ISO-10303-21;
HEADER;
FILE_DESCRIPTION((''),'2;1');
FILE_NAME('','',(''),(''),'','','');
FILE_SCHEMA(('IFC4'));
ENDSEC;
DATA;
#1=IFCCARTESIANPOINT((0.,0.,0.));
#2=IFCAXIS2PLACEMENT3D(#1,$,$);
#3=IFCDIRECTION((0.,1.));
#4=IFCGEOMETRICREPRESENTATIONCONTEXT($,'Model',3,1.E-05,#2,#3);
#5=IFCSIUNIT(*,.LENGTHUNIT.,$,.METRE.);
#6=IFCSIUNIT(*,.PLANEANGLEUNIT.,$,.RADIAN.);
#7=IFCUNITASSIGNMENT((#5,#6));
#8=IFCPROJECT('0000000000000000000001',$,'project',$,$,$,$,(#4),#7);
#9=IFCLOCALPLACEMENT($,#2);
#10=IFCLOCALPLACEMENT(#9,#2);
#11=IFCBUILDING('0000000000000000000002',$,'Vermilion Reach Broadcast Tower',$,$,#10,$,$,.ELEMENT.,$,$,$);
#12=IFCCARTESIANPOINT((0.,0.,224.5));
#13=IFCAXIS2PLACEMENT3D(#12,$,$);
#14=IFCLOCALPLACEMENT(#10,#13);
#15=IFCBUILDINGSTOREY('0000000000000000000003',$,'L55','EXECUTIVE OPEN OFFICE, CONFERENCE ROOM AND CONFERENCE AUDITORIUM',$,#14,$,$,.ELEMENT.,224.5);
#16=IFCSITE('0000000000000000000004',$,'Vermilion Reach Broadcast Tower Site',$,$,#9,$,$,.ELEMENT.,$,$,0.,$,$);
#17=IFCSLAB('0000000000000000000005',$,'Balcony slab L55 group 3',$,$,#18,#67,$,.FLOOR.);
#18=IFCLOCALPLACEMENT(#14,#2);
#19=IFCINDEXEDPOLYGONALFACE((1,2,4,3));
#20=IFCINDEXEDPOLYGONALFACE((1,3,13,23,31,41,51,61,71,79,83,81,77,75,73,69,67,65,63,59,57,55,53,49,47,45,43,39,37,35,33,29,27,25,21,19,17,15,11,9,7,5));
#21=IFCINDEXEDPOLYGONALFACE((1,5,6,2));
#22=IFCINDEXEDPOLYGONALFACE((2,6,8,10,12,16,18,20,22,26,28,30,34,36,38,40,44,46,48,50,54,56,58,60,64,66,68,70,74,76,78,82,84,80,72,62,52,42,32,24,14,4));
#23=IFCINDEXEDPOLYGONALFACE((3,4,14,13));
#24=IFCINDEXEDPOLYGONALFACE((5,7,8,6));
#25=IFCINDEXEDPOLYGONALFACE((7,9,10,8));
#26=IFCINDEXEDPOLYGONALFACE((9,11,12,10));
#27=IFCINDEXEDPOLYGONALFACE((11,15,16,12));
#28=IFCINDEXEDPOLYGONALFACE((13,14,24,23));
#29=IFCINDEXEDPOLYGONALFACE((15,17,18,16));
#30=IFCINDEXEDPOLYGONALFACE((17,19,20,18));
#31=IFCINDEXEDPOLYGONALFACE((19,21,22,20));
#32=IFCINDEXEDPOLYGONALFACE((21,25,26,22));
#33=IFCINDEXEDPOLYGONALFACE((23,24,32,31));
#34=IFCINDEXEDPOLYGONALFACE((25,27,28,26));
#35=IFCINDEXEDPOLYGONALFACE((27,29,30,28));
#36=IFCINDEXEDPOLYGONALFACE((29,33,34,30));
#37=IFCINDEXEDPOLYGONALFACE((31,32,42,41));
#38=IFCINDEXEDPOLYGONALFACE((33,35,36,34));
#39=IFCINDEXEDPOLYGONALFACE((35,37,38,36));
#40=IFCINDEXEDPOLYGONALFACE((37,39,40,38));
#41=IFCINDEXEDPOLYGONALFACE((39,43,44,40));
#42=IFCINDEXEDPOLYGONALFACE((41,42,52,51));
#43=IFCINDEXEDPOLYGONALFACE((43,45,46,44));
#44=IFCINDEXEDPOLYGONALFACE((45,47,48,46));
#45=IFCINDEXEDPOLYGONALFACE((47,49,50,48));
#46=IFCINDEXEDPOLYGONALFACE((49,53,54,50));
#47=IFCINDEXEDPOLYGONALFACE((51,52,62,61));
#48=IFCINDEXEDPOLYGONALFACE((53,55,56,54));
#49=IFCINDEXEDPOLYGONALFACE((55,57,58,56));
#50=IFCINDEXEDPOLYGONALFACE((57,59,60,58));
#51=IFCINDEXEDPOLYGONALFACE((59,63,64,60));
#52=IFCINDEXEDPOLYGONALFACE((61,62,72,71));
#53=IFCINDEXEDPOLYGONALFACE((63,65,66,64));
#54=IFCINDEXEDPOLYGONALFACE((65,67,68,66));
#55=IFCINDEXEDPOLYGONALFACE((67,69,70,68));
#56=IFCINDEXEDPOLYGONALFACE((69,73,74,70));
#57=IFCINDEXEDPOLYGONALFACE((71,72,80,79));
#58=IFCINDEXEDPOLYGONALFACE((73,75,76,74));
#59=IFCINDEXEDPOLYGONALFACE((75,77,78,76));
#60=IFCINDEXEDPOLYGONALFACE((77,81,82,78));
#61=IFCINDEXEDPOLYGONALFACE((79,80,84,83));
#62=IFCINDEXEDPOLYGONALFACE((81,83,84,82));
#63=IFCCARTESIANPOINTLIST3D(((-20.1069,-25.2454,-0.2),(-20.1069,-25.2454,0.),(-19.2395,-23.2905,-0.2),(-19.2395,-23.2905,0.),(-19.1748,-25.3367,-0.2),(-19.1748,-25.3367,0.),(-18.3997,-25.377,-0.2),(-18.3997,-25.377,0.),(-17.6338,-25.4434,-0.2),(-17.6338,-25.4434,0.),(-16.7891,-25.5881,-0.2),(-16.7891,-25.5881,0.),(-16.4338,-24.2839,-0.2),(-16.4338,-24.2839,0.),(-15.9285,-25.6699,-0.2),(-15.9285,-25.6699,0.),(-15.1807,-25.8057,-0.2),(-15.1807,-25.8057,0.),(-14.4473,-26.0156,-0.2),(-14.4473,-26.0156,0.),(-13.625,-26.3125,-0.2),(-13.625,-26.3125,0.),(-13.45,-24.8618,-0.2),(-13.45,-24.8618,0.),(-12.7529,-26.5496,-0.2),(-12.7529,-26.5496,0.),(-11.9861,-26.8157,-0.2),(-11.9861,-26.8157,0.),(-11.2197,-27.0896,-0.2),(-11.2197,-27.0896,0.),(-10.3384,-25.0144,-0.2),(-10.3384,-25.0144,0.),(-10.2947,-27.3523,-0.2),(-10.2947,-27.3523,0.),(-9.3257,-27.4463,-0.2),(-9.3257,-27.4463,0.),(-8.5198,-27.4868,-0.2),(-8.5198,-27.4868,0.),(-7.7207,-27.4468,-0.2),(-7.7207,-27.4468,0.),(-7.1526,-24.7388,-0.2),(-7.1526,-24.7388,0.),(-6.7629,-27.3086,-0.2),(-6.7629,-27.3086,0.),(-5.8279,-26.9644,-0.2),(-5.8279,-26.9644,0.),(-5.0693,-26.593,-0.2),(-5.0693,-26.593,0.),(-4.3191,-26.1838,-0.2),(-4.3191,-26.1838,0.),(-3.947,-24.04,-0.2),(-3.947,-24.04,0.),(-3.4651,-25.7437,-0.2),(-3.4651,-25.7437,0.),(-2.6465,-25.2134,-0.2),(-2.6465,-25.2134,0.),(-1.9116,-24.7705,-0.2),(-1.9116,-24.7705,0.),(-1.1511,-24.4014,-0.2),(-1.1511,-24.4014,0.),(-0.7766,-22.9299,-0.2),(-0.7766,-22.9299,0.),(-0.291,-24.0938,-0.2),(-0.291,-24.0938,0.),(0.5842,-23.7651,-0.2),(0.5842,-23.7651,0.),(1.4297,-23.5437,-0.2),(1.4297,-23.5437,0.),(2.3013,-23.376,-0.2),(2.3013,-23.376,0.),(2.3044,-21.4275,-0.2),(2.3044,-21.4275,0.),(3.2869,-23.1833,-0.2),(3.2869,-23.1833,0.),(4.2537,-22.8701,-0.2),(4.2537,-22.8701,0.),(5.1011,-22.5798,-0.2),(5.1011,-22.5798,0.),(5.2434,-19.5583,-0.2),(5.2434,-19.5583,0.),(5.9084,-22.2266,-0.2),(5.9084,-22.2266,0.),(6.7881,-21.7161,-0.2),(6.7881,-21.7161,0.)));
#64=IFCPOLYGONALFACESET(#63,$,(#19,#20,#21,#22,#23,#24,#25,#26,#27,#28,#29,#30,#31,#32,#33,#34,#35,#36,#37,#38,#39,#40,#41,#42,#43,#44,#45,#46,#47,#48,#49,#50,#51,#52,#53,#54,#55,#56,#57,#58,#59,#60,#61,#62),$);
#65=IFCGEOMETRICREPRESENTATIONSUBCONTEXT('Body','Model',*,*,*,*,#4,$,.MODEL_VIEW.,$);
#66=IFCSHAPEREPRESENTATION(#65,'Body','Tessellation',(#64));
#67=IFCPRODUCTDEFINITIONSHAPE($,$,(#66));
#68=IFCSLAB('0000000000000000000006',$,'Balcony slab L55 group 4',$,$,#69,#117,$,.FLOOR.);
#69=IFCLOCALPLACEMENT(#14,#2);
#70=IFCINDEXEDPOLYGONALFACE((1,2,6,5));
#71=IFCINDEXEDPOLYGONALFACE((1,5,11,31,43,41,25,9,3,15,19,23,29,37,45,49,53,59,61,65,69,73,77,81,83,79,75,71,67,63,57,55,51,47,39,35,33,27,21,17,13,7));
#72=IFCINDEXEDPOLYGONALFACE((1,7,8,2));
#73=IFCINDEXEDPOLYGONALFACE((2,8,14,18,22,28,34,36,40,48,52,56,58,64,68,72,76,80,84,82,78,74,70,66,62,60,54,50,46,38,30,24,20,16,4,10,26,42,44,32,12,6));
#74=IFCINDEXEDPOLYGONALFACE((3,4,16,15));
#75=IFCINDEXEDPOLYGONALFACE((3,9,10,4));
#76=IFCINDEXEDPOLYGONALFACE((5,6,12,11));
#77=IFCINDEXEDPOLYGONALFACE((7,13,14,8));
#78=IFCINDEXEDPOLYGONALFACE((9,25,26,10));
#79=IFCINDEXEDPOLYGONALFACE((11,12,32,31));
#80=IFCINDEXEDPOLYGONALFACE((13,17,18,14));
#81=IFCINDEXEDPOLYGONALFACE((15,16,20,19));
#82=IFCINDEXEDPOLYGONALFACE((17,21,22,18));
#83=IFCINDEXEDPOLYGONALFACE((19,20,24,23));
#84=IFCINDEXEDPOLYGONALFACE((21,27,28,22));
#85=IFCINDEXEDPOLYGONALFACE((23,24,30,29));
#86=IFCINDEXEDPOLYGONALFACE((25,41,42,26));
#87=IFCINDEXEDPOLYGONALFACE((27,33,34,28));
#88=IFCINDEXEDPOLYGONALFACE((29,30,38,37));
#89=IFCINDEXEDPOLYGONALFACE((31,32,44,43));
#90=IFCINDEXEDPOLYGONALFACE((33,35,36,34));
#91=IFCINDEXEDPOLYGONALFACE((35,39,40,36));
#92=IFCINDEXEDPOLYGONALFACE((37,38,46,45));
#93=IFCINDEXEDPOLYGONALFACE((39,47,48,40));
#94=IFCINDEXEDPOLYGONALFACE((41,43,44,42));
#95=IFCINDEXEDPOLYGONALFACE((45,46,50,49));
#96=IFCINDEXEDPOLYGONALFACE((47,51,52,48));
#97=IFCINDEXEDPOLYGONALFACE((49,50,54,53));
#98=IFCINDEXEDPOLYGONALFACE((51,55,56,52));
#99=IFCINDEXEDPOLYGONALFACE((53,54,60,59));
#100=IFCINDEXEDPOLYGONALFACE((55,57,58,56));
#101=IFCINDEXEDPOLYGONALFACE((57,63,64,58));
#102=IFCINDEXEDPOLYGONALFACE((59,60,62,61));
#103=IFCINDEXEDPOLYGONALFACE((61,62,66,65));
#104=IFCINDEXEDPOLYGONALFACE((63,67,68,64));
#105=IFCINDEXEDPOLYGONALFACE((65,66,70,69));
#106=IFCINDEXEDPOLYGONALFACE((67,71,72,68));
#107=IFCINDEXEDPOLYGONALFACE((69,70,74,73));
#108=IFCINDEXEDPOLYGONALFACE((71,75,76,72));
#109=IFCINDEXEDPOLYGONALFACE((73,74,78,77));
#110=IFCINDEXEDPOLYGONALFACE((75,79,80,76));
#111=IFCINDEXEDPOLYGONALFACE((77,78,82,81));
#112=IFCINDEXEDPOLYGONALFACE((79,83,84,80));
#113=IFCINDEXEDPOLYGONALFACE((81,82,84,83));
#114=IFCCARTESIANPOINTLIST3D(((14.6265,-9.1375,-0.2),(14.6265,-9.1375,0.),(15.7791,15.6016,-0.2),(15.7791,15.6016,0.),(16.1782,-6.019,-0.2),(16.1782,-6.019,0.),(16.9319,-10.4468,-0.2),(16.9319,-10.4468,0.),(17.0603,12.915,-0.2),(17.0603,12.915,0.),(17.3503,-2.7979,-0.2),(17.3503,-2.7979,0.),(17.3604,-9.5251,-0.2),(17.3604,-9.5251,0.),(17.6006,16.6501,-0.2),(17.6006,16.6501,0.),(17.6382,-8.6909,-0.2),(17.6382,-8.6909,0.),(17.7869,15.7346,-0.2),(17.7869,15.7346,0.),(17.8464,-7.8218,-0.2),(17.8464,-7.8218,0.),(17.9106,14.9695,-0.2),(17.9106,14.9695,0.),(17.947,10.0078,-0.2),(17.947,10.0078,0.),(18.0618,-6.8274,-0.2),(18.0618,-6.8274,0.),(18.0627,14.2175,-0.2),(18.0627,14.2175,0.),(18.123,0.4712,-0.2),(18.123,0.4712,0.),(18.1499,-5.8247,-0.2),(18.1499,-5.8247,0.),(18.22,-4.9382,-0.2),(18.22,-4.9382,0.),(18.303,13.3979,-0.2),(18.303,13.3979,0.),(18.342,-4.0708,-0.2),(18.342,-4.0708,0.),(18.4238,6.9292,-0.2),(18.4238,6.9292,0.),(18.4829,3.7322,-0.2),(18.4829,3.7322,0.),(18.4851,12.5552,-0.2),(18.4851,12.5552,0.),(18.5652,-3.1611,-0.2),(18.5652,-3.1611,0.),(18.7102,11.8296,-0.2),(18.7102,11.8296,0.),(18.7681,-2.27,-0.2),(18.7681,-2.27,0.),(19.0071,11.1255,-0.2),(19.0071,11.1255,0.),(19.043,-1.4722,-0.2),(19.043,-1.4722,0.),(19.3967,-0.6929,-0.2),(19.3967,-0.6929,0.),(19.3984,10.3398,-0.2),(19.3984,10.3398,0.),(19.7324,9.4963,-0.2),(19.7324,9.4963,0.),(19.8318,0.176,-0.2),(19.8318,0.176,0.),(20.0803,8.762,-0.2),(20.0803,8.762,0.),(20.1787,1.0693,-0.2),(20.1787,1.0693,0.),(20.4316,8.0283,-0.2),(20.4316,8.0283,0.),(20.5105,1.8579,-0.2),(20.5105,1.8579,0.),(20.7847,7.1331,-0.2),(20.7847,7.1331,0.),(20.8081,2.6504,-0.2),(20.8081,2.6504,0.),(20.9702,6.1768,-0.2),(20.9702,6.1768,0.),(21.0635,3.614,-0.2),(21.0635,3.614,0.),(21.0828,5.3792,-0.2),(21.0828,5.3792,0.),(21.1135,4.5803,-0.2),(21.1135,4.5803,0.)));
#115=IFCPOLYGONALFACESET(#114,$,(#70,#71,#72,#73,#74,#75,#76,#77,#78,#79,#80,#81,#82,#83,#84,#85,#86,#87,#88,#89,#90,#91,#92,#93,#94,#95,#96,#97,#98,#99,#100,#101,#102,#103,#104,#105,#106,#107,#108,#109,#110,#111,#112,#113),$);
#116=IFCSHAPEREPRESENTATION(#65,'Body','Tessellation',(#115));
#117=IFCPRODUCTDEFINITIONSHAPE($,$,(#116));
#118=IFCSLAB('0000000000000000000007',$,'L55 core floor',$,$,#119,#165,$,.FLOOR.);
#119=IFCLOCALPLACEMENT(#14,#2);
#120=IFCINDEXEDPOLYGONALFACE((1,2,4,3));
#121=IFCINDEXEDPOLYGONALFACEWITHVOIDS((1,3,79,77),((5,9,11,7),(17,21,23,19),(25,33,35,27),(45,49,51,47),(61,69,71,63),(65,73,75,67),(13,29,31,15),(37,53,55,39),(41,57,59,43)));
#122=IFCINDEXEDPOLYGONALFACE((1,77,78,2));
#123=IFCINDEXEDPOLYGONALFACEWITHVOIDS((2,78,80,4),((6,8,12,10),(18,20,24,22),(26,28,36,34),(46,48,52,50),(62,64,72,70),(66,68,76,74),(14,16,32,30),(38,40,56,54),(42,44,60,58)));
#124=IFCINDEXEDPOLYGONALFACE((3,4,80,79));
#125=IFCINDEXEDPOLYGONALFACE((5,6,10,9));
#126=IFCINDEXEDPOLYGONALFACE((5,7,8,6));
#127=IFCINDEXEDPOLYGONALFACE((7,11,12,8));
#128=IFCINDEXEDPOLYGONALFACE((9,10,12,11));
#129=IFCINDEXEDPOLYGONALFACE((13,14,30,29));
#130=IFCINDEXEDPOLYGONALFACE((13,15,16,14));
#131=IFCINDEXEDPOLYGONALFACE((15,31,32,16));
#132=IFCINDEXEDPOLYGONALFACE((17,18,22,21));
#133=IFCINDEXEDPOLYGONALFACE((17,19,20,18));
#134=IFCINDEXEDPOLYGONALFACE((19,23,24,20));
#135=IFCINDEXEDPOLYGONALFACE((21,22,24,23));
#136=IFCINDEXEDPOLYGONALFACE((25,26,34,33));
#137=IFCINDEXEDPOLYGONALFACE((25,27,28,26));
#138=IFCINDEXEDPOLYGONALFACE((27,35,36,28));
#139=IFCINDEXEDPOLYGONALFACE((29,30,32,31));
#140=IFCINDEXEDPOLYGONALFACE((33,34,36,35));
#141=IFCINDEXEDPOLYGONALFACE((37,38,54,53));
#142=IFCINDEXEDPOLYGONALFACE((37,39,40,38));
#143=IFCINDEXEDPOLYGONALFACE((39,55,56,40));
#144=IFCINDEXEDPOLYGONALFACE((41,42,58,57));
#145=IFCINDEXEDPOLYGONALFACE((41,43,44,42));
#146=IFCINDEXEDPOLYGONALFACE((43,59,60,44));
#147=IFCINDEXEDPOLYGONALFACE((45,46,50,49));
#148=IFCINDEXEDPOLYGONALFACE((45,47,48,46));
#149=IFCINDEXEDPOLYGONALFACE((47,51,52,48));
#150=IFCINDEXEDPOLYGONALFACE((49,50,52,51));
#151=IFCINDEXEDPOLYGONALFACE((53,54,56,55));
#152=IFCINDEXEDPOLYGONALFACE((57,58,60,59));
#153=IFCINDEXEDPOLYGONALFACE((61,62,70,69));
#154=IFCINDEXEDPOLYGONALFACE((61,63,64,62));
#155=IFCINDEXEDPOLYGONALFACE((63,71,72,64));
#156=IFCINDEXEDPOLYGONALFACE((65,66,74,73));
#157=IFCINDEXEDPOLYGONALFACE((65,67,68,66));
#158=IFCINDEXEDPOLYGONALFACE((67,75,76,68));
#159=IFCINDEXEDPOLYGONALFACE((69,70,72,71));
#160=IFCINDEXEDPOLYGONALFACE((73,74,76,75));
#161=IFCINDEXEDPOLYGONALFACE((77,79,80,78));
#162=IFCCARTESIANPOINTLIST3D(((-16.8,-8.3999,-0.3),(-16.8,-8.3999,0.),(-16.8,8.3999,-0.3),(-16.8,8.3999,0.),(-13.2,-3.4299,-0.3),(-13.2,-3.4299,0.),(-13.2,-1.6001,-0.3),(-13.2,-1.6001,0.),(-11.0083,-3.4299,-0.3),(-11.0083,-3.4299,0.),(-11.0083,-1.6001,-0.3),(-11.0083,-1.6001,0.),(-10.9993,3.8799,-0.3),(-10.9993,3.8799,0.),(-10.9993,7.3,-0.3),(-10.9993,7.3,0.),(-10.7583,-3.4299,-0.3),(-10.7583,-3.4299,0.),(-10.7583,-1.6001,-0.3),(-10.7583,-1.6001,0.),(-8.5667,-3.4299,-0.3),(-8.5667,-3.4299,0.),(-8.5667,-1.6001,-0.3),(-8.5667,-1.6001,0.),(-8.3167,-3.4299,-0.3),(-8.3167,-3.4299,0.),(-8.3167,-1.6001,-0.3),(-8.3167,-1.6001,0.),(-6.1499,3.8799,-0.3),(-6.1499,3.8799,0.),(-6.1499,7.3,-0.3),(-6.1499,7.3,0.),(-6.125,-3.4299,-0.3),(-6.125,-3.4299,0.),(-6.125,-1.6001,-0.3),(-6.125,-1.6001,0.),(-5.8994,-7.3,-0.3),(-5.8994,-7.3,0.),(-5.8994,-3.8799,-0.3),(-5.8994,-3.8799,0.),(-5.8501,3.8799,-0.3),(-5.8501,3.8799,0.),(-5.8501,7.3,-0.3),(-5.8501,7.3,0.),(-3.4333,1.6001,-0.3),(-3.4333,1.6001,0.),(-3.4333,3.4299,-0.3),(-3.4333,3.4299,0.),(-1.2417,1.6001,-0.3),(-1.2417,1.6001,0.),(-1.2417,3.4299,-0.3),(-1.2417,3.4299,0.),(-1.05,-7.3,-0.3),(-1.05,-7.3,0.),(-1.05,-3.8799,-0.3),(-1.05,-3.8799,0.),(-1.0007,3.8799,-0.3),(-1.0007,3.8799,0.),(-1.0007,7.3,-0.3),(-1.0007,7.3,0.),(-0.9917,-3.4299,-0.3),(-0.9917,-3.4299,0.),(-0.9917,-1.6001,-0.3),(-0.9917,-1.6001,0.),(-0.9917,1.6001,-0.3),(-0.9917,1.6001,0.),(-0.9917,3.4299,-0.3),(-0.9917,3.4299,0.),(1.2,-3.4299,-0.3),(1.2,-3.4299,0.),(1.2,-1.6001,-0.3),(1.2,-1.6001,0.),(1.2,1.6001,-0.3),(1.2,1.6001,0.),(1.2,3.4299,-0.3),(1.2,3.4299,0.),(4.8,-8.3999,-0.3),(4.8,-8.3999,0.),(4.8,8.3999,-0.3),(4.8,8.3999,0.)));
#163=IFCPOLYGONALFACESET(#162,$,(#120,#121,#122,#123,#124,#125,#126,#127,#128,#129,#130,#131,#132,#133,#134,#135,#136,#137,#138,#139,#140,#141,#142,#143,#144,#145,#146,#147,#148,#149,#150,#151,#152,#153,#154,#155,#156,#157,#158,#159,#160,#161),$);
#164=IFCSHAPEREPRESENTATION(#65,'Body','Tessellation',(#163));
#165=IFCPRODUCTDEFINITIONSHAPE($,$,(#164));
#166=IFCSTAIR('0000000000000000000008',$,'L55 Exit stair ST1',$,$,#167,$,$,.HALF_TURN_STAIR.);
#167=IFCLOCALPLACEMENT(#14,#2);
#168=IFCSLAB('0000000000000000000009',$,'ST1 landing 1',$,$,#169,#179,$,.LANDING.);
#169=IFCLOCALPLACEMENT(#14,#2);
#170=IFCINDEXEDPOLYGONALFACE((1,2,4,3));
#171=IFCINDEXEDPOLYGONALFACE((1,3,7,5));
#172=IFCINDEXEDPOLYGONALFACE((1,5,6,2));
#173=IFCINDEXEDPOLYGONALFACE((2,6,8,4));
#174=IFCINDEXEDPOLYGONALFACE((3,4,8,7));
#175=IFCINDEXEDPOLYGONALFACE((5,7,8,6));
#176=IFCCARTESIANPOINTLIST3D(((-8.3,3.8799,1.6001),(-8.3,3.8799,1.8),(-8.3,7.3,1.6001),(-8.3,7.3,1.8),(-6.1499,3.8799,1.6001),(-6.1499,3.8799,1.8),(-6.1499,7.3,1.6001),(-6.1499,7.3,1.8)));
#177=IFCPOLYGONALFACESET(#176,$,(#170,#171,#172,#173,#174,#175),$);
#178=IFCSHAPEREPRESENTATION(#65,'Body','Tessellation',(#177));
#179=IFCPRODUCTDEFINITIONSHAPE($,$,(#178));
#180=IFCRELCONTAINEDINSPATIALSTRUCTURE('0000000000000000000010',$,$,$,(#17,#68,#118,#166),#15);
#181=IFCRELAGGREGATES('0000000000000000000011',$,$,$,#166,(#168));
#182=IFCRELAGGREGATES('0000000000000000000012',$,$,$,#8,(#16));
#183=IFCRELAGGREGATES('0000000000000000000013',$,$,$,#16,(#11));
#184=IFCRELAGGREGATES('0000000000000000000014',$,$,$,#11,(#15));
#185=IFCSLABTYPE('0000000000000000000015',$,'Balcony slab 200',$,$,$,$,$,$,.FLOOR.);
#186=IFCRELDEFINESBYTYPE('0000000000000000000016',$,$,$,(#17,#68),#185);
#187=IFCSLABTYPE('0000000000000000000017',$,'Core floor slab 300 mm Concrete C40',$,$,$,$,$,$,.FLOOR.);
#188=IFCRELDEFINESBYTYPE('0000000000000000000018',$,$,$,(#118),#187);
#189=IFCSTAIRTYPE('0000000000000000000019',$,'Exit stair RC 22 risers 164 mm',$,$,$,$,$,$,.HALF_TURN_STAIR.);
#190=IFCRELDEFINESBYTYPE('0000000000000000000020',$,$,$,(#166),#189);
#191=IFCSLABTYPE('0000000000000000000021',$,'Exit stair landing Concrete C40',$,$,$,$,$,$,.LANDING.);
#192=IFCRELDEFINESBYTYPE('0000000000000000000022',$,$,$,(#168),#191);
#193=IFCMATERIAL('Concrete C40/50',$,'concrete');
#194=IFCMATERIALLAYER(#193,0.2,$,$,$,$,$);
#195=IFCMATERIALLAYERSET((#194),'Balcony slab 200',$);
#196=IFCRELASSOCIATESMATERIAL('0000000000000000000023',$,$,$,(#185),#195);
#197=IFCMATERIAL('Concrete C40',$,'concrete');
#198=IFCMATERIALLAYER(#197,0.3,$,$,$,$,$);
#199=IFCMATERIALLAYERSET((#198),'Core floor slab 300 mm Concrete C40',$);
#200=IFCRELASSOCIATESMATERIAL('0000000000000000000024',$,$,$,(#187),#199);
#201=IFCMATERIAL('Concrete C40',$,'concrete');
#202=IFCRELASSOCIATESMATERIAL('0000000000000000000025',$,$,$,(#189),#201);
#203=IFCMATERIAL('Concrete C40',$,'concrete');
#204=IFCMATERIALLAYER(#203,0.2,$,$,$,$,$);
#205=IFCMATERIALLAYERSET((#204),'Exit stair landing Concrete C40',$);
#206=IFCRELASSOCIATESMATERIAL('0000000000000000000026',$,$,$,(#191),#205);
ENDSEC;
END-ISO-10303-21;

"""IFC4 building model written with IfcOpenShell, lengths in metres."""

from ifc_helpers import new_model, si_unit, direction, frame, origin, place, context, subcontext, project, spatial, polyline, outline, extrude, material, layer, layer_set, type_object, element, aggregate, save


model = new_model("IFC4")

# Units and contexts
model_context = context("Model", 3, precision=1e-05, world=origin(), true_north=direction((0.0, 1.0)))
body_context = subcontext(model_context, "Body", "Model", "MODEL_VIEW")
ifc_project = project(units=[si_unit("LENGTHUNIT", "METRE"), si_unit("PLANEANGLEUNIT", "RADIAN")], contexts=[model_context])

# Site, building, storey
site_placement = place(None, origin())
site = spatial("IfcSite", under=ifc_project, at=site_placement, Name="Vermilion Reach Broadcast Tower Site", CompositionType="ELEMENT", RefElevation=0.0)
building_placement = place(site_placement, origin())
building = spatial("IfcBuilding", under=site, at=building_placement, Name="Vermilion Reach Broadcast Tower", CompositionType="ELEMENT")
storey_placement = place(building_placement, frame((0.0, 0.0, 224.5)))
storey = spatial("IfcBuildingStorey", under=building, at=storey_placement, Name="L55", Description="EXECUTIVE OPEN OFFICE, CONFERENCE ROOM AND CONFERENCE AUDITORIUM", CompositionType="ELEMENT", Elevation=224.5)

# Slabs
ifc_material_1 = material(Name="Concrete C40/50", Category="concrete")
ifc_layer_1 = layer(ifc_material_1, 0.2)
ifc_layer_set_1 = layer_set([ifc_layer_1], Name="Balcony slab 200")
slab_type_1 = type_object("IfcSlabType", Name="Balcony slab 200", PredefinedType="FLOOR", material=ifc_layer_set_1)
placement_1 = place(storey_placement, frame((0.0, 0.0, -0.2)))
element("IfcSlab", 1, at=placement_1, inside=storey, type_object=slab_type_1, Name="Balcony slab L55 group 3", PredefinedType="FLOOR", context=body_context, shape_type="SweptSolid", body=[
    extrude(outline(polyline([(-19.2395, -23.2905), (-16.4338, -24.2839), (-13.45, -24.8618), (-10.3384, -25.0144), (-7.1526, -24.7388), (-3.947, -24.04), (-0.7766, -22.9299), (2.3044, -21.4275), (5.2434, -19.5583), (6.7881, -21.7161), (5.9084, -22.2266), (5.1011, -22.5798), (4.2537, -22.8701), (3.2869, -23.1833), (2.3013, -23.376), (1.4297, -23.5437), (0.5842, -23.7651), (-0.291, -24.0938), (-1.1511, -24.4014), (-1.9116, -24.7705), (-2.6465, -25.2134), (-3.4651, -25.7437), (-4.3191, -26.1838), (-5.0693, -26.593), (-5.8279, -26.9644), (-6.7629, -27.3086), (-7.7207, -27.4468), (-8.5198, -27.4868), (-9.3257, -27.4463), (-10.2947, -27.3523), (-11.2197, -27.0896), (-11.9861, -26.8157), (-12.7529, -26.5496), (-13.625, -26.3125), (-14.4473, -26.0156), (-15.1807, -25.8057), (-15.9285, -25.6699), (-16.7891, -25.5881), (-17.6338, -25.4434), (-18.3997, -25.377), (-19.1748, -25.3367), (-20.1069, -25.2454), (-19.2395, -23.2905)])), origin(), (0.0, 0.0, 1.0), 0.2),
])
element("IfcSlab", 2, at=placement_1, inside=storey, type_object=slab_type_1, Name="Balcony slab L55 group 4", PredefinedType="FLOOR", context=body_context, shape_type="SweptSolid", body=[
    extrude(outline(polyline([(14.6265, -9.1375), (16.1782, -6.019), (17.3503, -2.7979), (18.123, 0.4712), (18.4829, 3.7322), (18.4238, 6.9292), (17.947, 10.0078), (17.0603, 12.915), (15.7791, 15.6016), (17.6006, 16.6501), (17.7869, 15.7346), (17.9106, 14.9695), (18.0627, 14.2175), (18.303, 13.3979), (18.4851, 12.5552), (18.7102, 11.8296), (19.0071, 11.1255), (19.3984, 10.3398), (19.7324, 9.4963), (20.0803, 8.762), (20.4316, 8.0283), (20.7847, 7.1331), (20.9702, 6.1768), (21.0828, 5.3792), (21.1135, 4.5803), (21.0635, 3.614), (20.8081, 2.6504), (20.5105, 1.8579), (20.1787, 1.0693), (19.8318, 0.176), (19.3967, -0.6929), (19.043, -1.4722), (18.7681, -2.27), (18.5652, -3.1611), (18.342, -4.0708), (18.22, -4.9382), (18.1499, -5.8247), (18.0618, -6.8274), (17.8464, -7.8218), (17.6382, -8.6909), (17.3604, -9.5251), (16.9319, -10.4468), (14.6265, -9.1375)])), origin(), (0.0, 0.0, 1.0), 0.2),
])
ifc_material_2 = material(Name="Concrete C40", Category="concrete")
ifc_layer_2 = layer(ifc_material_2, 0.3)
ifc_layer_set_2 = layer_set([ifc_layer_2], Name="Core floor slab 300 mm Concrete C40")
slab_type_2 = type_object("IfcSlabType", Name="Core floor slab 300 mm Concrete C40", PredefinedType="FLOOR", material=ifc_layer_set_2)
slab_1_placement = place(storey_placement, frame((0.0, 0.0, -0.3)))
element("IfcSlab", 3, at=slab_1_placement, inside=storey, type_object=slab_type_2, Name="L55 core floor", PredefinedType="FLOOR", context=body_context, shape_type="SweptSolid", body=[
    extrude(outline(polyline([(-16.8, -8.3999), (4.8, -8.3999), (4.8, 8.3999), (-16.8, 8.3999), (-16.8, -8.3999)]), holes=[polyline([(-3.4333, 1.6001), (-1.2417, 1.6001), (-1.2417, 3.4299), (-3.4333, 3.4299), (-3.4333, 1.6001)]), polyline([(-0.9917, 1.6001), (1.2, 1.6001), (1.2, 3.4299), (-0.9917, 3.4299), (-0.9917, 1.6001)]), polyline([(-13.2, -3.4299), (-11.0083, -3.4299), (-11.0083, -1.6001), (-13.2, -1.6001), (-13.2, -3.4299)]), polyline([(-10.7583, -3.4299), (-8.5667, -3.4299), (-8.5667, -1.6001), (-10.7583, -1.6001), (-10.7583, -3.4299)]), polyline([(-8.3167, -3.4299), (-6.125, -3.4299), (-6.125, -1.6001), (-8.3167, -1.6001), (-8.3167, -3.4299)]), polyline([(-0.9917, -3.4299), (1.2, -3.4299), (1.2, -1.6001), (-0.9917, -1.6001), (-0.9917, -3.4299)]), polyline([(-10.9993, 3.8799), (-6.1499, 3.8799), (-6.1499, 7.3), (-10.9993, 7.3), (-10.9993, 3.8799)]), polyline([(-1.0007, 7.3), (-5.8501, 7.3), (-5.8501, 3.8799), (-1.0007, 3.8799), (-1.0007, 7.3)]), polyline([(-5.8994, -7.3), (-1.05, -7.3), (-1.05, -3.8799), (-5.8994, -3.8799), (-5.8994, -7.3)])]), origin(), (0.0, 0.0, 1.0), 0.3),
])

# Stair, slab
ifc_material_3 = material(Name="Concrete C40", Category="concrete")
stair_type = type_object("IfcStairType", Name="Exit stair RC 22 risers 164 mm", PredefinedType="HALF_TURN_STAIR", material=ifc_material_3)
placement_2 = place(storey_placement, origin())
stair_1 = element("IfcStair", 4, at=placement_2, inside=storey, type_object=stair_type, Name="L55 Exit stair ST1", PredefinedType="HALF_TURN_STAIR")
ifc_material_4 = material(Name="Concrete C40", Category="concrete")
ifc_layer_3 = layer(ifc_material_4, 0.2)
ifc_layer_set_3 = layer_set([ifc_layer_3], Name="Exit stair landing Concrete C40")
slab_type_3 = type_object("IfcSlabType", Name="Exit stair landing Concrete C40", PredefinedType="LANDING", material=ifc_layer_set_3)
slab_2_placement = place(storey_placement, frame((0.0, 0.0, 1.6001)))
slab_2 = element("IfcSlab", 5, at=slab_2_placement, type_object=slab_type_3, Name="ST1 landing 1", PredefinedType="LANDING", context=body_context, shape_type="SweptSolid", body=[
    extrude(outline(polyline([(-8.3, 3.8799), (-6.1499, 3.8799), (-6.1499, 7.3), (-8.3, 7.3), (-8.3, 3.8799)])), origin(), (0.0, 0.0, 1.0), 0.2),
])
aggregate(stair_1, [slab_2])

save(model, "model.ifc")
